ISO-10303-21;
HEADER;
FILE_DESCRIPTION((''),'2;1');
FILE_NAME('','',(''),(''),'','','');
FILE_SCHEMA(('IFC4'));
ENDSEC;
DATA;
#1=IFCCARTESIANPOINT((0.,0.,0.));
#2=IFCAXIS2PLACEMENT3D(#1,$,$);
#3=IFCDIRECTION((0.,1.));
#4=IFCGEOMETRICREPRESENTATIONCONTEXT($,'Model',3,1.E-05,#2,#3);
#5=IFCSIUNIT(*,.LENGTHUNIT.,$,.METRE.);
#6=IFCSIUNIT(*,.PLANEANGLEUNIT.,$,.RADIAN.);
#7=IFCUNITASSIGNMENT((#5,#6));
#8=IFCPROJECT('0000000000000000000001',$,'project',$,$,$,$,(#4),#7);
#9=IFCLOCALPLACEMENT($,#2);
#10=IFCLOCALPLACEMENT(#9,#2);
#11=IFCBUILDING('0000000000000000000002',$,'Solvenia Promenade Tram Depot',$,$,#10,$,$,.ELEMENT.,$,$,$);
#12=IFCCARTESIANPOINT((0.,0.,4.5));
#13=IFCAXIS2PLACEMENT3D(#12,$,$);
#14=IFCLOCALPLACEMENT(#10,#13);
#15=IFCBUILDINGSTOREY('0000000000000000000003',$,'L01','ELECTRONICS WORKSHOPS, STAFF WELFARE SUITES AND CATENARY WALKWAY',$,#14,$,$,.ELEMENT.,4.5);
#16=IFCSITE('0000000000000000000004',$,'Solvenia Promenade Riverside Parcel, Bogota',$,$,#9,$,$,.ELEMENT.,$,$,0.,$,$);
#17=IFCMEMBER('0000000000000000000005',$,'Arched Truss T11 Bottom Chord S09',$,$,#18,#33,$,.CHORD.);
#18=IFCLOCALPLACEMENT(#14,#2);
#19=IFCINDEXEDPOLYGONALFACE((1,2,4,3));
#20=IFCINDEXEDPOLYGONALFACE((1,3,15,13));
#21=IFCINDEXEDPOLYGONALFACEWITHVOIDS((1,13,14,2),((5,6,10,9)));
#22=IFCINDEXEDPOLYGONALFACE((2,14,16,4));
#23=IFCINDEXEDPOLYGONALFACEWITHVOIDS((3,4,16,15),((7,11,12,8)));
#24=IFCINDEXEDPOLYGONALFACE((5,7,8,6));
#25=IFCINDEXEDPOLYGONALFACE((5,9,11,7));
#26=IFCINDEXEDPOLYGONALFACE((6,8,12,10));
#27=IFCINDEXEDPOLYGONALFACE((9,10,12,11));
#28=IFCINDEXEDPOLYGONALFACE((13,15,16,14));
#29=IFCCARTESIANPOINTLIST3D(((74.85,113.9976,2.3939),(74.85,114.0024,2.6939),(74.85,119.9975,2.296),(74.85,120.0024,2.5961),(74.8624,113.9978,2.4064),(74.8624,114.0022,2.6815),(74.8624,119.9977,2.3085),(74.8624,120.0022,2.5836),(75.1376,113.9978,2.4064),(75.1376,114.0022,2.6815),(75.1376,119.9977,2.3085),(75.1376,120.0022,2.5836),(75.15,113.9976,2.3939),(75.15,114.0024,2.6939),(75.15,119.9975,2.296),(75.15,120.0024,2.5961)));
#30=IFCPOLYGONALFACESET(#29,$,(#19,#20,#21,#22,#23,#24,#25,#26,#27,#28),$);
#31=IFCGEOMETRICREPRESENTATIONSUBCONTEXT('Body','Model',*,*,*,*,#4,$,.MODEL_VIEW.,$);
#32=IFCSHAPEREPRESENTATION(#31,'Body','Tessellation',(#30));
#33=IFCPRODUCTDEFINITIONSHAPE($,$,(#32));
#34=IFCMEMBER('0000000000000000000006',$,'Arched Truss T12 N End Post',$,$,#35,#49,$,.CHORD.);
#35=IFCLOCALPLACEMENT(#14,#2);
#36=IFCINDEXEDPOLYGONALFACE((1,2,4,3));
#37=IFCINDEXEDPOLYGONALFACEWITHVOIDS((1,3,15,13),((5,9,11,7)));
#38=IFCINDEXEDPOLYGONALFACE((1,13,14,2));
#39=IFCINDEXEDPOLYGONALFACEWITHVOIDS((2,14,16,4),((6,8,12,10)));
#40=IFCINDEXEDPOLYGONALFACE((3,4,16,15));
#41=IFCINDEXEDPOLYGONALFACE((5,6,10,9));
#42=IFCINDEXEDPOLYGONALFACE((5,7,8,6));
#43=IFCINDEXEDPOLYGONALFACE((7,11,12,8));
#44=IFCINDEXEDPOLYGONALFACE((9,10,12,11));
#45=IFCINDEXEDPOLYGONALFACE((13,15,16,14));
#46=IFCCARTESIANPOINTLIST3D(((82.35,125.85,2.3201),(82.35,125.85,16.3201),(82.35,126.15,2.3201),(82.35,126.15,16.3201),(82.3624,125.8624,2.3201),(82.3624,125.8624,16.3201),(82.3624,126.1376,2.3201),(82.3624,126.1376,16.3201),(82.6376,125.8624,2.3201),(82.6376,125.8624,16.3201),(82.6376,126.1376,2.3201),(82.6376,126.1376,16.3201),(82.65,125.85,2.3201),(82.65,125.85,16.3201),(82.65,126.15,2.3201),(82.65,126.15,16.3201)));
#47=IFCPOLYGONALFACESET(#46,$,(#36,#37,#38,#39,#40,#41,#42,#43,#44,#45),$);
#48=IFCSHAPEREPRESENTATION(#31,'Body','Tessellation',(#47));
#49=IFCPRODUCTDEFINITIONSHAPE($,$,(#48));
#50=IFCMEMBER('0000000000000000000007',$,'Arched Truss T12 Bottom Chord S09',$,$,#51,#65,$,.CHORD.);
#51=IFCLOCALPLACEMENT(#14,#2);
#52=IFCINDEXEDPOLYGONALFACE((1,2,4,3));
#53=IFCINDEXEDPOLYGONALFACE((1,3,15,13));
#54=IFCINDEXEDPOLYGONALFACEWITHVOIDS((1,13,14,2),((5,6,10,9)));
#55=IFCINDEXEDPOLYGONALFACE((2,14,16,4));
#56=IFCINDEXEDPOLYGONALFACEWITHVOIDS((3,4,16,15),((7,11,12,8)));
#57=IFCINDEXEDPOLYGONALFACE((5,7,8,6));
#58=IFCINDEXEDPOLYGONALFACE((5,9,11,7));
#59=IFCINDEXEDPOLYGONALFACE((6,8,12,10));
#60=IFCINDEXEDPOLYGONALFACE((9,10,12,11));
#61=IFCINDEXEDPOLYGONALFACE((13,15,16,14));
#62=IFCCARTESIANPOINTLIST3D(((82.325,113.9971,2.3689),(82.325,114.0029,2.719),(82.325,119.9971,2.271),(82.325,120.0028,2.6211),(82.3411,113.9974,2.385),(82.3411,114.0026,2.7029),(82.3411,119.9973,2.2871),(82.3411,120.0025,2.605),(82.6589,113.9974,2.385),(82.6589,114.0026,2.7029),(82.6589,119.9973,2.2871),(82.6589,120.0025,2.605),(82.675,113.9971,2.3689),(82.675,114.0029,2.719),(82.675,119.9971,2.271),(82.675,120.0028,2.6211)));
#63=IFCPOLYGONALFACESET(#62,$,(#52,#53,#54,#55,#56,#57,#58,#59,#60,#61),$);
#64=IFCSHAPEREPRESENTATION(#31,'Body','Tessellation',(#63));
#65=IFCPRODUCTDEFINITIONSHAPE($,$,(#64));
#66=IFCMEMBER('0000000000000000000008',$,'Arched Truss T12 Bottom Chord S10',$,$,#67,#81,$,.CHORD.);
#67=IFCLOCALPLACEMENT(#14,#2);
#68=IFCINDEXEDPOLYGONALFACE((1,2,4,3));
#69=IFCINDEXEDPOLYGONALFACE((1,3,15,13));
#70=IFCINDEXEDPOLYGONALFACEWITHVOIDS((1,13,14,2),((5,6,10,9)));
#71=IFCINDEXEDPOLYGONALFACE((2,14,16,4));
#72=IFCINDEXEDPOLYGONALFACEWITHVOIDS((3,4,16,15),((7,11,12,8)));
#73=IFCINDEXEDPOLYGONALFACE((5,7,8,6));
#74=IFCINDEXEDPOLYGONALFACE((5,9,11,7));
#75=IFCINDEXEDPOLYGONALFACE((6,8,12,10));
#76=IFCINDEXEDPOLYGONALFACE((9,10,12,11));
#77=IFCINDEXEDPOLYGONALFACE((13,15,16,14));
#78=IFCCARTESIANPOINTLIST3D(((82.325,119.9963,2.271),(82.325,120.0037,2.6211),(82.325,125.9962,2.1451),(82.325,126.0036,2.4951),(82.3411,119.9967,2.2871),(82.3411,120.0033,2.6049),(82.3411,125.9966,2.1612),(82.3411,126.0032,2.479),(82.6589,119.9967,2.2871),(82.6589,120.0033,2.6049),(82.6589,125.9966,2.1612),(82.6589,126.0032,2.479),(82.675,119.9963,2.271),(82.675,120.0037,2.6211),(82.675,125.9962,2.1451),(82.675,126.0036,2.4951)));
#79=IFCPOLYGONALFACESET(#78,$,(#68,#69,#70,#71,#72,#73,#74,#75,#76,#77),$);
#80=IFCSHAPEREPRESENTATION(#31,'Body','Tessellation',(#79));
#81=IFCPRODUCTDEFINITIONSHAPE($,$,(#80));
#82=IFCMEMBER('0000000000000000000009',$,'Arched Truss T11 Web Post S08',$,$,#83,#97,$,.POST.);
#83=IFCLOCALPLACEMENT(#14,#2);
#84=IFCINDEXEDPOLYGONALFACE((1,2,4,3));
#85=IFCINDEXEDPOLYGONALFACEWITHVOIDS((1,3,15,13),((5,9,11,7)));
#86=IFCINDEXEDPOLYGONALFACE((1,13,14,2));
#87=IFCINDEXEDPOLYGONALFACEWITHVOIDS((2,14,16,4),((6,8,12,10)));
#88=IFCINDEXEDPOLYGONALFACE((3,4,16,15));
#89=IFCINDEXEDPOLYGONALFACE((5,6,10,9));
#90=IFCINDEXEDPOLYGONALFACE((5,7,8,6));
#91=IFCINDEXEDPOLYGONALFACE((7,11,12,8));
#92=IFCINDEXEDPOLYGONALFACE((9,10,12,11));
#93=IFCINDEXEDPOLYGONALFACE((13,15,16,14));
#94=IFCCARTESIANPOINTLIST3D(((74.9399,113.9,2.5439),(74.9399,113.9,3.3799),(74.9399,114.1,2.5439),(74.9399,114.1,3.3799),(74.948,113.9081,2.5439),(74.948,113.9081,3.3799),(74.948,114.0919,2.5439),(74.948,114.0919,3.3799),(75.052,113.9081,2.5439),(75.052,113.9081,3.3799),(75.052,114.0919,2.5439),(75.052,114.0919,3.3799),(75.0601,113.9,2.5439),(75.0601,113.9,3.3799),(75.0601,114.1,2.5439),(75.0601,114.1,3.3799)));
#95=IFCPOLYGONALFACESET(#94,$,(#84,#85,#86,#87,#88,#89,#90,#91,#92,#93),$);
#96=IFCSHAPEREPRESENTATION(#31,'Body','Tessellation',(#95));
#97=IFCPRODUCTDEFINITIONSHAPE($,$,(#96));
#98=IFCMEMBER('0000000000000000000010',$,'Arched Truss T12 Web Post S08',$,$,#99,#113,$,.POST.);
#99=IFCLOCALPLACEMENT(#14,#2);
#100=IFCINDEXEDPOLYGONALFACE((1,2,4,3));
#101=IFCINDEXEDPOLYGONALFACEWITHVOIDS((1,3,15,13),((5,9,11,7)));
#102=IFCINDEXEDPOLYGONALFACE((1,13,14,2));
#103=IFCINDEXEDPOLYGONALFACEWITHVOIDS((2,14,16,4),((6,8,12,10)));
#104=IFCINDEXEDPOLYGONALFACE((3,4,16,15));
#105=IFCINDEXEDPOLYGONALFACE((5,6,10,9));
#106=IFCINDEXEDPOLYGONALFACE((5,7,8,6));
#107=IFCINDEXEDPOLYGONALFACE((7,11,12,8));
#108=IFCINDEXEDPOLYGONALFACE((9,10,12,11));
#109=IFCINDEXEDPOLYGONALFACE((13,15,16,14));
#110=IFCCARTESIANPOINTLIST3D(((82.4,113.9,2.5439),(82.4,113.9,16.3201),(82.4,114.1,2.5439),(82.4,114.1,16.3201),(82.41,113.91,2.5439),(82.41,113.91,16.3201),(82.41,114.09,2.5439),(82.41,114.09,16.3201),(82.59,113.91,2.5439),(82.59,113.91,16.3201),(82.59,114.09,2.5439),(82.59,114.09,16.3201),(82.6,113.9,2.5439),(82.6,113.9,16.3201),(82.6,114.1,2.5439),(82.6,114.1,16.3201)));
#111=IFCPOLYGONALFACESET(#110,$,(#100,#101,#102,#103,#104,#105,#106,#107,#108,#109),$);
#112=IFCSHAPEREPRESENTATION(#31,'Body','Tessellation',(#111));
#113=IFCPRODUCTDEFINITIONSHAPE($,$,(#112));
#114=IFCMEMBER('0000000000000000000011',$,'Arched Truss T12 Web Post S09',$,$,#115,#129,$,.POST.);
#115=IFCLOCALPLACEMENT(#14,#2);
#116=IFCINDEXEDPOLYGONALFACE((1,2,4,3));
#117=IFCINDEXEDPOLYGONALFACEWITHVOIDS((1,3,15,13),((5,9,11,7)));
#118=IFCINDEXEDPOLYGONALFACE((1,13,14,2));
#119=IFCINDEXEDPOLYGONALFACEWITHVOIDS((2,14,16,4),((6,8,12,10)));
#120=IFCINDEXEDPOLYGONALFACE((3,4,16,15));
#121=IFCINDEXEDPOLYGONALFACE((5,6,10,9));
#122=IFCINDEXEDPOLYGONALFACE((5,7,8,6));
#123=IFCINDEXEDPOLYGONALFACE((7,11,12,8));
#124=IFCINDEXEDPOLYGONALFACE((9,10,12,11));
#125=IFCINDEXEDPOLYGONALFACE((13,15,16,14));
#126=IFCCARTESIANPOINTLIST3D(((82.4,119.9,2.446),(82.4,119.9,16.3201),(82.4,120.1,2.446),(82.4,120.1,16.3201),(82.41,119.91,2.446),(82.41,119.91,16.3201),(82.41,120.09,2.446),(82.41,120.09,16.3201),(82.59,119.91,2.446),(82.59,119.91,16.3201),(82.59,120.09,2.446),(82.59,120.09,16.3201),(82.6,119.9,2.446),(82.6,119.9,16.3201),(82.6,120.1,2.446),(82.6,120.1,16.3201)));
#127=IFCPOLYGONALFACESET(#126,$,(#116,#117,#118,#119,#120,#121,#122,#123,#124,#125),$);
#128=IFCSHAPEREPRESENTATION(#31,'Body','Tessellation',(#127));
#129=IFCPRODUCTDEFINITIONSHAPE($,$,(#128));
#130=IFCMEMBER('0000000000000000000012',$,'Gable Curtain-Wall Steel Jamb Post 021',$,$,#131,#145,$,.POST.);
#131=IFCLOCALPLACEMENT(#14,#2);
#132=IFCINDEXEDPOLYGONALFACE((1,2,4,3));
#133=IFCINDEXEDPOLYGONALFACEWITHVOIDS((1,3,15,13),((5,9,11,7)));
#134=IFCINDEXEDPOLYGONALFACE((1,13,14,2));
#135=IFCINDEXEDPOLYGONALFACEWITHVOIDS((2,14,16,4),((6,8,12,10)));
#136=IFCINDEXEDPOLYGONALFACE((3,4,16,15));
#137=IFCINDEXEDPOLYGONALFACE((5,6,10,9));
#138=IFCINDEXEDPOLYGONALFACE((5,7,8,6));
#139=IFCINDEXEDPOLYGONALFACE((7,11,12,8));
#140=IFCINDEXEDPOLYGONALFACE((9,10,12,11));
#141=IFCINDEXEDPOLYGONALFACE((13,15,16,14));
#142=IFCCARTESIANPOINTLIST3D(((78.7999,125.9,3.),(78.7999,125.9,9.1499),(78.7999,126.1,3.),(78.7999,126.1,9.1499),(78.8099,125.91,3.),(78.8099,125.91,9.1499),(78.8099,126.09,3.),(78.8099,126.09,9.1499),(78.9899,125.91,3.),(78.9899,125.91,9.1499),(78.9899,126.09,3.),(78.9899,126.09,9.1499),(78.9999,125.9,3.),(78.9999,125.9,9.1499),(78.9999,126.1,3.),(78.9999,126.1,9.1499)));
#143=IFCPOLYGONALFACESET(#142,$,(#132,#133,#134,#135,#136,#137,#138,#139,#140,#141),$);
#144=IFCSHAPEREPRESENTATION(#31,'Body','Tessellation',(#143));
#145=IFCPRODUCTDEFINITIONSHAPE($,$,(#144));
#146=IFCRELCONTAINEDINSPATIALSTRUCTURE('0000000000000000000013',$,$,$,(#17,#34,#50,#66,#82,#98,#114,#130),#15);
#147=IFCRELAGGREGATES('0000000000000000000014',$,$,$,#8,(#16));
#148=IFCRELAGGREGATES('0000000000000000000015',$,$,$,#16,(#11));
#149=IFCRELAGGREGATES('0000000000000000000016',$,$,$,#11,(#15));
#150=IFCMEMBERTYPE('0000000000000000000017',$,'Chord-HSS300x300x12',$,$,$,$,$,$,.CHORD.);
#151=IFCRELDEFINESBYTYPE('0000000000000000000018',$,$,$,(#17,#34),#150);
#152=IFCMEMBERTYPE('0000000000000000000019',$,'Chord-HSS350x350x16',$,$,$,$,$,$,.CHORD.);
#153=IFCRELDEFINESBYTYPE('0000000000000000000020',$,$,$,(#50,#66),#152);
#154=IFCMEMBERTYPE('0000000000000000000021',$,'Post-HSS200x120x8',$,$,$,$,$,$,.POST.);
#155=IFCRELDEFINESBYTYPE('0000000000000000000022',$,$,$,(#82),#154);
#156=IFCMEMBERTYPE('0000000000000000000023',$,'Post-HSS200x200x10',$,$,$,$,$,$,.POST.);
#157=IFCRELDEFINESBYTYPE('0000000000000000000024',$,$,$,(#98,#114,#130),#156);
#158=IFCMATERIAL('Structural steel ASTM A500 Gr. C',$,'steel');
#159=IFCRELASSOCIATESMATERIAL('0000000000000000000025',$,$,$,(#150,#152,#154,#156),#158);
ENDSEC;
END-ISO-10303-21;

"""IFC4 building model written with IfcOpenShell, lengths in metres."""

from ifc_helpers import new_model, si_unit, direction, frame, origin, origin_2d, place, context, subcontext, project, spatial, hollow_rectangle, extrude, material, material_profile, profile_set, type_object, element, save


model = new_model("IFC4")

# Units and contexts
model_context = context("Model", 3, precision=1e-05, world=origin(), true_north=direction((0.0, 1.0)))
body_context = subcontext(model_context, "Body", "Model", "MODEL_VIEW")
ifc_project = project(units=[si_unit("LENGTHUNIT", "METRE"), si_unit("PLANEANGLEUNIT", "RADIAN")], contexts=[model_context])

# Site, building, storey
site_placement = place(None, origin())
site = spatial("IfcSite", under=ifc_project, at=site_placement, Name="Solvenia Promenade Riverside Parcel, Bogota", CompositionType="ELEMENT", RefElevation=0.0)
building_placement = place(site_placement, origin())
building = spatial("IfcBuilding", under=site, at=building_placement, Name="Solvenia Promenade Tram Depot", CompositionType="ELEMENT")
storey_placement = place(building_placement, frame((0.0, 0.0, 4.5)))
storey = spatial("IfcBuildingStorey", under=building, at=storey_placement, Name="L01", Description="ELECTRONICS WORKSHOPS, STAFF WELFARE SUITES AND CATENARY WALKWAY", CompositionType="ELEMENT", Elevation=4.5)

# Shared definitions
ifc_material_1 = material(Name="Structural steel ASTM A500 Gr. C", Category="steel")

# Members
ifc_material_profile_1 = material_profile(ifc_material_1, hollow_rectangle(XDim=0.3, YDim=0.3, WallThickness=0.0125, at=origin_2d()), Name="HSS300x300x12.5", Category="steel")
ifc_profile_set_1 = profile_set([ifc_material_profile_1], Name="Structural steel ASTM A500 Gr. C")
member_type_1 = type_object("IfcMemberType", Name="Chord-HSS300x300x12", PredefinedType="CHORD", material=ifc_profile_set_1)
member_1_placement = place(storey_placement, frame((75.0, 114.0, 2.5439), z_axis=(0.0, 0.999867, -0.016315), x_axis=(-1.0, 0.0, 0.0)))
element("IfcMember", 1, at=member_1_placement, inside=storey, type_object=member_type_1, Name="Arched Truss T11 Bottom Chord S09", PredefinedType="CHORD", context=body_context, shape_type="SweptSolid", body=[
    extrude(hollow_rectangle(XDim=0.3, YDim=0.3, WallThickness=0.0125, at=origin_2d()), origin(), (0.0, 0.0, 1.0), 6.0007),
])
member_2_placement = place(storey_placement, frame((82.5, 126.0, 2.3201), z_axis=(0.0, 0.0, 1.0), x_axis=(1.0, 0.0, 0.0)))
element("IfcMember", 2, at=member_2_placement, inside=storey, type_object=member_type_1, Name="Arched Truss T12 N End Post", PredefinedType="CHORD", context=body_context, shape_type="SweptSolid", body=[
    extrude(hollow_rectangle(XDim=0.3, YDim=0.3, WallThickness=0.0125, at=origin_2d()), origin(), (0.0, 0.0, 1.0), 14.0),
])
ifc_material_profile_2 = material_profile(ifc_material_1, hollow_rectangle(XDim=0.3501, YDim=0.3501, WallThickness=0.0161, at=origin_2d()), Name="HSS350x350x16", Category="steel")
ifc_profile_set_2 = profile_set([ifc_material_profile_2], Name="Structural steel ASTM A500 Gr. C")
member_type_2 = type_object("IfcMemberType", Name="Chord-HSS350x350x16", PredefinedType="CHORD", material=ifc_profile_set_2)
member_3_placement = place(storey_placement, frame((82.5, 114.0, 2.5439), z_axis=(0.0, 0.999867, -0.016315), x_axis=(-1.0, 0.0, 0.0)))
element("IfcMember", 3, at=member_3_placement, inside=storey, type_object=member_type_2, Name="Arched Truss T12 Bottom Chord S09", PredefinedType="CHORD", context=body_context, shape_type="SweptSolid", body=[
    extrude(hollow_rectangle(XDim=0.3501, YDim=0.3501, WallThickness=0.0161, at=origin_2d()), origin(), (0.0, 0.0, 1.0), 6.0007),
])
member_4_placement = place(storey_placement, frame((82.5, 120.0, 2.446), z_axis=(0.0, 0.99978, -0.020991), x_axis=(-1.0, 0.0, 0.0)))
element("IfcMember", 4, at=member_4_placement, inside=storey, type_object=member_type_2, Name="Arched Truss T12 Bottom Chord S10", PredefinedType="CHORD", context=body_context, shape_type="SweptSolid", body=[
    extrude(hollow_rectangle(XDim=0.3501, YDim=0.3501, WallThickness=0.0161, at=origin_2d()), origin(), (0.0, 0.0, 1.0), 6.0012),
])
ifc_material_profile_3 = material_profile(ifc_material_1, hollow_rectangle(XDim=0.1201, YDim=0.2, WallThickness=0.0081, at=origin_2d()), Name="HSS200x120x8", Category="steel")
ifc_profile_set_3 = profile_set([ifc_material_profile_3], Name="Structural steel ASTM A500 Gr. C")
member_type_3 = type_object("IfcMemberType", Name="Post-HSS200x120x8", PredefinedType="POST", material=ifc_profile_set_3)
member_5_placement = place(storey_placement, frame((75.0, 114.0, 2.5439), z_axis=(0.0, 0.0, 1.0), x_axis=(1.0, 0.0, 0.0)))
element("IfcMember", 5, at=member_5_placement, inside=storey, type_object=member_type_3, Name="Arched Truss T11 Web Post S08", PredefinedType="POST", context=body_context, shape_type="SweptSolid", body=[
    extrude(hollow_rectangle(XDim=0.1201, YDim=0.2, WallThickness=0.0081, at=origin_2d()), origin(), (0.0, 0.0, 1.0), 0.8359),
])
ifc_material_profile_4 = material_profile(ifc_material_1, hollow_rectangle(XDim=0.2, YDim=0.2, WallThickness=0.01, at=origin_2d()), Name="HSS200x200x10", Category="steel")
ifc_profile_set_4 = profile_set([ifc_material_profile_4], Name="Structural steel ASTM A500 Gr. C")
member_type_4 = type_object("IfcMemberType", Name="Post-HSS200x200x10", PredefinedType="POST", material=ifc_profile_set_4)
member_6_placement = place(storey_placement, frame((82.5, 114.0, 2.5439), z_axis=(0.0, 0.0, 1.0), x_axis=(1.0, 0.0, 0.0)))
element("IfcMember", 6, at=member_6_placement, inside=storey, type_object=member_type_4, Name="Arched Truss T12 Web Post S08", PredefinedType="POST", context=body_context, shape_type="SweptSolid", body=[
    extrude(hollow_rectangle(XDim=0.2, YDim=0.2, WallThickness=0.01, at=origin_2d()), origin(), (0.0, 0.0, 1.0), 13.7761),
])
member_7_placement = place(storey_placement, frame((82.5, 120.0, 2.446), z_axis=(0.0, 0.0, 1.0), x_axis=(1.0, 0.0, 0.0)))
element("IfcMember", 7, at=member_7_placement, inside=storey, type_object=member_type_4, Name="Arched Truss T12 Web Post S09", PredefinedType="POST", context=body_context, shape_type="SweptSolid", body=[
    extrude(hollow_rectangle(XDim=0.2, YDim=0.2, WallThickness=0.01, at=origin_2d()), origin(), (0.0, 0.0, 1.0), 13.874),
])
member_8_placement = place(storey_placement, frame((78.8999, 126.0, 3.0), z_axis=(0.0, 0.0, 1.0), x_axis=(1.0, 0.0, 0.0)))
element("IfcMember", 8, at=member_8_placement, inside=storey, type_object=member_type_4, Name="Gable Curtain-Wall Steel Jamb Post 021", PredefinedType="POST", context=body_context, shape_type="SweptSolid", body=[
    extrude(hollow_rectangle(XDim=0.2, YDim=0.2, WallThickness=0.01, at=origin_2d()), origin(), (0.0, 0.0, 1.0), 6.1499),
])

save(model, "model.ifc")
